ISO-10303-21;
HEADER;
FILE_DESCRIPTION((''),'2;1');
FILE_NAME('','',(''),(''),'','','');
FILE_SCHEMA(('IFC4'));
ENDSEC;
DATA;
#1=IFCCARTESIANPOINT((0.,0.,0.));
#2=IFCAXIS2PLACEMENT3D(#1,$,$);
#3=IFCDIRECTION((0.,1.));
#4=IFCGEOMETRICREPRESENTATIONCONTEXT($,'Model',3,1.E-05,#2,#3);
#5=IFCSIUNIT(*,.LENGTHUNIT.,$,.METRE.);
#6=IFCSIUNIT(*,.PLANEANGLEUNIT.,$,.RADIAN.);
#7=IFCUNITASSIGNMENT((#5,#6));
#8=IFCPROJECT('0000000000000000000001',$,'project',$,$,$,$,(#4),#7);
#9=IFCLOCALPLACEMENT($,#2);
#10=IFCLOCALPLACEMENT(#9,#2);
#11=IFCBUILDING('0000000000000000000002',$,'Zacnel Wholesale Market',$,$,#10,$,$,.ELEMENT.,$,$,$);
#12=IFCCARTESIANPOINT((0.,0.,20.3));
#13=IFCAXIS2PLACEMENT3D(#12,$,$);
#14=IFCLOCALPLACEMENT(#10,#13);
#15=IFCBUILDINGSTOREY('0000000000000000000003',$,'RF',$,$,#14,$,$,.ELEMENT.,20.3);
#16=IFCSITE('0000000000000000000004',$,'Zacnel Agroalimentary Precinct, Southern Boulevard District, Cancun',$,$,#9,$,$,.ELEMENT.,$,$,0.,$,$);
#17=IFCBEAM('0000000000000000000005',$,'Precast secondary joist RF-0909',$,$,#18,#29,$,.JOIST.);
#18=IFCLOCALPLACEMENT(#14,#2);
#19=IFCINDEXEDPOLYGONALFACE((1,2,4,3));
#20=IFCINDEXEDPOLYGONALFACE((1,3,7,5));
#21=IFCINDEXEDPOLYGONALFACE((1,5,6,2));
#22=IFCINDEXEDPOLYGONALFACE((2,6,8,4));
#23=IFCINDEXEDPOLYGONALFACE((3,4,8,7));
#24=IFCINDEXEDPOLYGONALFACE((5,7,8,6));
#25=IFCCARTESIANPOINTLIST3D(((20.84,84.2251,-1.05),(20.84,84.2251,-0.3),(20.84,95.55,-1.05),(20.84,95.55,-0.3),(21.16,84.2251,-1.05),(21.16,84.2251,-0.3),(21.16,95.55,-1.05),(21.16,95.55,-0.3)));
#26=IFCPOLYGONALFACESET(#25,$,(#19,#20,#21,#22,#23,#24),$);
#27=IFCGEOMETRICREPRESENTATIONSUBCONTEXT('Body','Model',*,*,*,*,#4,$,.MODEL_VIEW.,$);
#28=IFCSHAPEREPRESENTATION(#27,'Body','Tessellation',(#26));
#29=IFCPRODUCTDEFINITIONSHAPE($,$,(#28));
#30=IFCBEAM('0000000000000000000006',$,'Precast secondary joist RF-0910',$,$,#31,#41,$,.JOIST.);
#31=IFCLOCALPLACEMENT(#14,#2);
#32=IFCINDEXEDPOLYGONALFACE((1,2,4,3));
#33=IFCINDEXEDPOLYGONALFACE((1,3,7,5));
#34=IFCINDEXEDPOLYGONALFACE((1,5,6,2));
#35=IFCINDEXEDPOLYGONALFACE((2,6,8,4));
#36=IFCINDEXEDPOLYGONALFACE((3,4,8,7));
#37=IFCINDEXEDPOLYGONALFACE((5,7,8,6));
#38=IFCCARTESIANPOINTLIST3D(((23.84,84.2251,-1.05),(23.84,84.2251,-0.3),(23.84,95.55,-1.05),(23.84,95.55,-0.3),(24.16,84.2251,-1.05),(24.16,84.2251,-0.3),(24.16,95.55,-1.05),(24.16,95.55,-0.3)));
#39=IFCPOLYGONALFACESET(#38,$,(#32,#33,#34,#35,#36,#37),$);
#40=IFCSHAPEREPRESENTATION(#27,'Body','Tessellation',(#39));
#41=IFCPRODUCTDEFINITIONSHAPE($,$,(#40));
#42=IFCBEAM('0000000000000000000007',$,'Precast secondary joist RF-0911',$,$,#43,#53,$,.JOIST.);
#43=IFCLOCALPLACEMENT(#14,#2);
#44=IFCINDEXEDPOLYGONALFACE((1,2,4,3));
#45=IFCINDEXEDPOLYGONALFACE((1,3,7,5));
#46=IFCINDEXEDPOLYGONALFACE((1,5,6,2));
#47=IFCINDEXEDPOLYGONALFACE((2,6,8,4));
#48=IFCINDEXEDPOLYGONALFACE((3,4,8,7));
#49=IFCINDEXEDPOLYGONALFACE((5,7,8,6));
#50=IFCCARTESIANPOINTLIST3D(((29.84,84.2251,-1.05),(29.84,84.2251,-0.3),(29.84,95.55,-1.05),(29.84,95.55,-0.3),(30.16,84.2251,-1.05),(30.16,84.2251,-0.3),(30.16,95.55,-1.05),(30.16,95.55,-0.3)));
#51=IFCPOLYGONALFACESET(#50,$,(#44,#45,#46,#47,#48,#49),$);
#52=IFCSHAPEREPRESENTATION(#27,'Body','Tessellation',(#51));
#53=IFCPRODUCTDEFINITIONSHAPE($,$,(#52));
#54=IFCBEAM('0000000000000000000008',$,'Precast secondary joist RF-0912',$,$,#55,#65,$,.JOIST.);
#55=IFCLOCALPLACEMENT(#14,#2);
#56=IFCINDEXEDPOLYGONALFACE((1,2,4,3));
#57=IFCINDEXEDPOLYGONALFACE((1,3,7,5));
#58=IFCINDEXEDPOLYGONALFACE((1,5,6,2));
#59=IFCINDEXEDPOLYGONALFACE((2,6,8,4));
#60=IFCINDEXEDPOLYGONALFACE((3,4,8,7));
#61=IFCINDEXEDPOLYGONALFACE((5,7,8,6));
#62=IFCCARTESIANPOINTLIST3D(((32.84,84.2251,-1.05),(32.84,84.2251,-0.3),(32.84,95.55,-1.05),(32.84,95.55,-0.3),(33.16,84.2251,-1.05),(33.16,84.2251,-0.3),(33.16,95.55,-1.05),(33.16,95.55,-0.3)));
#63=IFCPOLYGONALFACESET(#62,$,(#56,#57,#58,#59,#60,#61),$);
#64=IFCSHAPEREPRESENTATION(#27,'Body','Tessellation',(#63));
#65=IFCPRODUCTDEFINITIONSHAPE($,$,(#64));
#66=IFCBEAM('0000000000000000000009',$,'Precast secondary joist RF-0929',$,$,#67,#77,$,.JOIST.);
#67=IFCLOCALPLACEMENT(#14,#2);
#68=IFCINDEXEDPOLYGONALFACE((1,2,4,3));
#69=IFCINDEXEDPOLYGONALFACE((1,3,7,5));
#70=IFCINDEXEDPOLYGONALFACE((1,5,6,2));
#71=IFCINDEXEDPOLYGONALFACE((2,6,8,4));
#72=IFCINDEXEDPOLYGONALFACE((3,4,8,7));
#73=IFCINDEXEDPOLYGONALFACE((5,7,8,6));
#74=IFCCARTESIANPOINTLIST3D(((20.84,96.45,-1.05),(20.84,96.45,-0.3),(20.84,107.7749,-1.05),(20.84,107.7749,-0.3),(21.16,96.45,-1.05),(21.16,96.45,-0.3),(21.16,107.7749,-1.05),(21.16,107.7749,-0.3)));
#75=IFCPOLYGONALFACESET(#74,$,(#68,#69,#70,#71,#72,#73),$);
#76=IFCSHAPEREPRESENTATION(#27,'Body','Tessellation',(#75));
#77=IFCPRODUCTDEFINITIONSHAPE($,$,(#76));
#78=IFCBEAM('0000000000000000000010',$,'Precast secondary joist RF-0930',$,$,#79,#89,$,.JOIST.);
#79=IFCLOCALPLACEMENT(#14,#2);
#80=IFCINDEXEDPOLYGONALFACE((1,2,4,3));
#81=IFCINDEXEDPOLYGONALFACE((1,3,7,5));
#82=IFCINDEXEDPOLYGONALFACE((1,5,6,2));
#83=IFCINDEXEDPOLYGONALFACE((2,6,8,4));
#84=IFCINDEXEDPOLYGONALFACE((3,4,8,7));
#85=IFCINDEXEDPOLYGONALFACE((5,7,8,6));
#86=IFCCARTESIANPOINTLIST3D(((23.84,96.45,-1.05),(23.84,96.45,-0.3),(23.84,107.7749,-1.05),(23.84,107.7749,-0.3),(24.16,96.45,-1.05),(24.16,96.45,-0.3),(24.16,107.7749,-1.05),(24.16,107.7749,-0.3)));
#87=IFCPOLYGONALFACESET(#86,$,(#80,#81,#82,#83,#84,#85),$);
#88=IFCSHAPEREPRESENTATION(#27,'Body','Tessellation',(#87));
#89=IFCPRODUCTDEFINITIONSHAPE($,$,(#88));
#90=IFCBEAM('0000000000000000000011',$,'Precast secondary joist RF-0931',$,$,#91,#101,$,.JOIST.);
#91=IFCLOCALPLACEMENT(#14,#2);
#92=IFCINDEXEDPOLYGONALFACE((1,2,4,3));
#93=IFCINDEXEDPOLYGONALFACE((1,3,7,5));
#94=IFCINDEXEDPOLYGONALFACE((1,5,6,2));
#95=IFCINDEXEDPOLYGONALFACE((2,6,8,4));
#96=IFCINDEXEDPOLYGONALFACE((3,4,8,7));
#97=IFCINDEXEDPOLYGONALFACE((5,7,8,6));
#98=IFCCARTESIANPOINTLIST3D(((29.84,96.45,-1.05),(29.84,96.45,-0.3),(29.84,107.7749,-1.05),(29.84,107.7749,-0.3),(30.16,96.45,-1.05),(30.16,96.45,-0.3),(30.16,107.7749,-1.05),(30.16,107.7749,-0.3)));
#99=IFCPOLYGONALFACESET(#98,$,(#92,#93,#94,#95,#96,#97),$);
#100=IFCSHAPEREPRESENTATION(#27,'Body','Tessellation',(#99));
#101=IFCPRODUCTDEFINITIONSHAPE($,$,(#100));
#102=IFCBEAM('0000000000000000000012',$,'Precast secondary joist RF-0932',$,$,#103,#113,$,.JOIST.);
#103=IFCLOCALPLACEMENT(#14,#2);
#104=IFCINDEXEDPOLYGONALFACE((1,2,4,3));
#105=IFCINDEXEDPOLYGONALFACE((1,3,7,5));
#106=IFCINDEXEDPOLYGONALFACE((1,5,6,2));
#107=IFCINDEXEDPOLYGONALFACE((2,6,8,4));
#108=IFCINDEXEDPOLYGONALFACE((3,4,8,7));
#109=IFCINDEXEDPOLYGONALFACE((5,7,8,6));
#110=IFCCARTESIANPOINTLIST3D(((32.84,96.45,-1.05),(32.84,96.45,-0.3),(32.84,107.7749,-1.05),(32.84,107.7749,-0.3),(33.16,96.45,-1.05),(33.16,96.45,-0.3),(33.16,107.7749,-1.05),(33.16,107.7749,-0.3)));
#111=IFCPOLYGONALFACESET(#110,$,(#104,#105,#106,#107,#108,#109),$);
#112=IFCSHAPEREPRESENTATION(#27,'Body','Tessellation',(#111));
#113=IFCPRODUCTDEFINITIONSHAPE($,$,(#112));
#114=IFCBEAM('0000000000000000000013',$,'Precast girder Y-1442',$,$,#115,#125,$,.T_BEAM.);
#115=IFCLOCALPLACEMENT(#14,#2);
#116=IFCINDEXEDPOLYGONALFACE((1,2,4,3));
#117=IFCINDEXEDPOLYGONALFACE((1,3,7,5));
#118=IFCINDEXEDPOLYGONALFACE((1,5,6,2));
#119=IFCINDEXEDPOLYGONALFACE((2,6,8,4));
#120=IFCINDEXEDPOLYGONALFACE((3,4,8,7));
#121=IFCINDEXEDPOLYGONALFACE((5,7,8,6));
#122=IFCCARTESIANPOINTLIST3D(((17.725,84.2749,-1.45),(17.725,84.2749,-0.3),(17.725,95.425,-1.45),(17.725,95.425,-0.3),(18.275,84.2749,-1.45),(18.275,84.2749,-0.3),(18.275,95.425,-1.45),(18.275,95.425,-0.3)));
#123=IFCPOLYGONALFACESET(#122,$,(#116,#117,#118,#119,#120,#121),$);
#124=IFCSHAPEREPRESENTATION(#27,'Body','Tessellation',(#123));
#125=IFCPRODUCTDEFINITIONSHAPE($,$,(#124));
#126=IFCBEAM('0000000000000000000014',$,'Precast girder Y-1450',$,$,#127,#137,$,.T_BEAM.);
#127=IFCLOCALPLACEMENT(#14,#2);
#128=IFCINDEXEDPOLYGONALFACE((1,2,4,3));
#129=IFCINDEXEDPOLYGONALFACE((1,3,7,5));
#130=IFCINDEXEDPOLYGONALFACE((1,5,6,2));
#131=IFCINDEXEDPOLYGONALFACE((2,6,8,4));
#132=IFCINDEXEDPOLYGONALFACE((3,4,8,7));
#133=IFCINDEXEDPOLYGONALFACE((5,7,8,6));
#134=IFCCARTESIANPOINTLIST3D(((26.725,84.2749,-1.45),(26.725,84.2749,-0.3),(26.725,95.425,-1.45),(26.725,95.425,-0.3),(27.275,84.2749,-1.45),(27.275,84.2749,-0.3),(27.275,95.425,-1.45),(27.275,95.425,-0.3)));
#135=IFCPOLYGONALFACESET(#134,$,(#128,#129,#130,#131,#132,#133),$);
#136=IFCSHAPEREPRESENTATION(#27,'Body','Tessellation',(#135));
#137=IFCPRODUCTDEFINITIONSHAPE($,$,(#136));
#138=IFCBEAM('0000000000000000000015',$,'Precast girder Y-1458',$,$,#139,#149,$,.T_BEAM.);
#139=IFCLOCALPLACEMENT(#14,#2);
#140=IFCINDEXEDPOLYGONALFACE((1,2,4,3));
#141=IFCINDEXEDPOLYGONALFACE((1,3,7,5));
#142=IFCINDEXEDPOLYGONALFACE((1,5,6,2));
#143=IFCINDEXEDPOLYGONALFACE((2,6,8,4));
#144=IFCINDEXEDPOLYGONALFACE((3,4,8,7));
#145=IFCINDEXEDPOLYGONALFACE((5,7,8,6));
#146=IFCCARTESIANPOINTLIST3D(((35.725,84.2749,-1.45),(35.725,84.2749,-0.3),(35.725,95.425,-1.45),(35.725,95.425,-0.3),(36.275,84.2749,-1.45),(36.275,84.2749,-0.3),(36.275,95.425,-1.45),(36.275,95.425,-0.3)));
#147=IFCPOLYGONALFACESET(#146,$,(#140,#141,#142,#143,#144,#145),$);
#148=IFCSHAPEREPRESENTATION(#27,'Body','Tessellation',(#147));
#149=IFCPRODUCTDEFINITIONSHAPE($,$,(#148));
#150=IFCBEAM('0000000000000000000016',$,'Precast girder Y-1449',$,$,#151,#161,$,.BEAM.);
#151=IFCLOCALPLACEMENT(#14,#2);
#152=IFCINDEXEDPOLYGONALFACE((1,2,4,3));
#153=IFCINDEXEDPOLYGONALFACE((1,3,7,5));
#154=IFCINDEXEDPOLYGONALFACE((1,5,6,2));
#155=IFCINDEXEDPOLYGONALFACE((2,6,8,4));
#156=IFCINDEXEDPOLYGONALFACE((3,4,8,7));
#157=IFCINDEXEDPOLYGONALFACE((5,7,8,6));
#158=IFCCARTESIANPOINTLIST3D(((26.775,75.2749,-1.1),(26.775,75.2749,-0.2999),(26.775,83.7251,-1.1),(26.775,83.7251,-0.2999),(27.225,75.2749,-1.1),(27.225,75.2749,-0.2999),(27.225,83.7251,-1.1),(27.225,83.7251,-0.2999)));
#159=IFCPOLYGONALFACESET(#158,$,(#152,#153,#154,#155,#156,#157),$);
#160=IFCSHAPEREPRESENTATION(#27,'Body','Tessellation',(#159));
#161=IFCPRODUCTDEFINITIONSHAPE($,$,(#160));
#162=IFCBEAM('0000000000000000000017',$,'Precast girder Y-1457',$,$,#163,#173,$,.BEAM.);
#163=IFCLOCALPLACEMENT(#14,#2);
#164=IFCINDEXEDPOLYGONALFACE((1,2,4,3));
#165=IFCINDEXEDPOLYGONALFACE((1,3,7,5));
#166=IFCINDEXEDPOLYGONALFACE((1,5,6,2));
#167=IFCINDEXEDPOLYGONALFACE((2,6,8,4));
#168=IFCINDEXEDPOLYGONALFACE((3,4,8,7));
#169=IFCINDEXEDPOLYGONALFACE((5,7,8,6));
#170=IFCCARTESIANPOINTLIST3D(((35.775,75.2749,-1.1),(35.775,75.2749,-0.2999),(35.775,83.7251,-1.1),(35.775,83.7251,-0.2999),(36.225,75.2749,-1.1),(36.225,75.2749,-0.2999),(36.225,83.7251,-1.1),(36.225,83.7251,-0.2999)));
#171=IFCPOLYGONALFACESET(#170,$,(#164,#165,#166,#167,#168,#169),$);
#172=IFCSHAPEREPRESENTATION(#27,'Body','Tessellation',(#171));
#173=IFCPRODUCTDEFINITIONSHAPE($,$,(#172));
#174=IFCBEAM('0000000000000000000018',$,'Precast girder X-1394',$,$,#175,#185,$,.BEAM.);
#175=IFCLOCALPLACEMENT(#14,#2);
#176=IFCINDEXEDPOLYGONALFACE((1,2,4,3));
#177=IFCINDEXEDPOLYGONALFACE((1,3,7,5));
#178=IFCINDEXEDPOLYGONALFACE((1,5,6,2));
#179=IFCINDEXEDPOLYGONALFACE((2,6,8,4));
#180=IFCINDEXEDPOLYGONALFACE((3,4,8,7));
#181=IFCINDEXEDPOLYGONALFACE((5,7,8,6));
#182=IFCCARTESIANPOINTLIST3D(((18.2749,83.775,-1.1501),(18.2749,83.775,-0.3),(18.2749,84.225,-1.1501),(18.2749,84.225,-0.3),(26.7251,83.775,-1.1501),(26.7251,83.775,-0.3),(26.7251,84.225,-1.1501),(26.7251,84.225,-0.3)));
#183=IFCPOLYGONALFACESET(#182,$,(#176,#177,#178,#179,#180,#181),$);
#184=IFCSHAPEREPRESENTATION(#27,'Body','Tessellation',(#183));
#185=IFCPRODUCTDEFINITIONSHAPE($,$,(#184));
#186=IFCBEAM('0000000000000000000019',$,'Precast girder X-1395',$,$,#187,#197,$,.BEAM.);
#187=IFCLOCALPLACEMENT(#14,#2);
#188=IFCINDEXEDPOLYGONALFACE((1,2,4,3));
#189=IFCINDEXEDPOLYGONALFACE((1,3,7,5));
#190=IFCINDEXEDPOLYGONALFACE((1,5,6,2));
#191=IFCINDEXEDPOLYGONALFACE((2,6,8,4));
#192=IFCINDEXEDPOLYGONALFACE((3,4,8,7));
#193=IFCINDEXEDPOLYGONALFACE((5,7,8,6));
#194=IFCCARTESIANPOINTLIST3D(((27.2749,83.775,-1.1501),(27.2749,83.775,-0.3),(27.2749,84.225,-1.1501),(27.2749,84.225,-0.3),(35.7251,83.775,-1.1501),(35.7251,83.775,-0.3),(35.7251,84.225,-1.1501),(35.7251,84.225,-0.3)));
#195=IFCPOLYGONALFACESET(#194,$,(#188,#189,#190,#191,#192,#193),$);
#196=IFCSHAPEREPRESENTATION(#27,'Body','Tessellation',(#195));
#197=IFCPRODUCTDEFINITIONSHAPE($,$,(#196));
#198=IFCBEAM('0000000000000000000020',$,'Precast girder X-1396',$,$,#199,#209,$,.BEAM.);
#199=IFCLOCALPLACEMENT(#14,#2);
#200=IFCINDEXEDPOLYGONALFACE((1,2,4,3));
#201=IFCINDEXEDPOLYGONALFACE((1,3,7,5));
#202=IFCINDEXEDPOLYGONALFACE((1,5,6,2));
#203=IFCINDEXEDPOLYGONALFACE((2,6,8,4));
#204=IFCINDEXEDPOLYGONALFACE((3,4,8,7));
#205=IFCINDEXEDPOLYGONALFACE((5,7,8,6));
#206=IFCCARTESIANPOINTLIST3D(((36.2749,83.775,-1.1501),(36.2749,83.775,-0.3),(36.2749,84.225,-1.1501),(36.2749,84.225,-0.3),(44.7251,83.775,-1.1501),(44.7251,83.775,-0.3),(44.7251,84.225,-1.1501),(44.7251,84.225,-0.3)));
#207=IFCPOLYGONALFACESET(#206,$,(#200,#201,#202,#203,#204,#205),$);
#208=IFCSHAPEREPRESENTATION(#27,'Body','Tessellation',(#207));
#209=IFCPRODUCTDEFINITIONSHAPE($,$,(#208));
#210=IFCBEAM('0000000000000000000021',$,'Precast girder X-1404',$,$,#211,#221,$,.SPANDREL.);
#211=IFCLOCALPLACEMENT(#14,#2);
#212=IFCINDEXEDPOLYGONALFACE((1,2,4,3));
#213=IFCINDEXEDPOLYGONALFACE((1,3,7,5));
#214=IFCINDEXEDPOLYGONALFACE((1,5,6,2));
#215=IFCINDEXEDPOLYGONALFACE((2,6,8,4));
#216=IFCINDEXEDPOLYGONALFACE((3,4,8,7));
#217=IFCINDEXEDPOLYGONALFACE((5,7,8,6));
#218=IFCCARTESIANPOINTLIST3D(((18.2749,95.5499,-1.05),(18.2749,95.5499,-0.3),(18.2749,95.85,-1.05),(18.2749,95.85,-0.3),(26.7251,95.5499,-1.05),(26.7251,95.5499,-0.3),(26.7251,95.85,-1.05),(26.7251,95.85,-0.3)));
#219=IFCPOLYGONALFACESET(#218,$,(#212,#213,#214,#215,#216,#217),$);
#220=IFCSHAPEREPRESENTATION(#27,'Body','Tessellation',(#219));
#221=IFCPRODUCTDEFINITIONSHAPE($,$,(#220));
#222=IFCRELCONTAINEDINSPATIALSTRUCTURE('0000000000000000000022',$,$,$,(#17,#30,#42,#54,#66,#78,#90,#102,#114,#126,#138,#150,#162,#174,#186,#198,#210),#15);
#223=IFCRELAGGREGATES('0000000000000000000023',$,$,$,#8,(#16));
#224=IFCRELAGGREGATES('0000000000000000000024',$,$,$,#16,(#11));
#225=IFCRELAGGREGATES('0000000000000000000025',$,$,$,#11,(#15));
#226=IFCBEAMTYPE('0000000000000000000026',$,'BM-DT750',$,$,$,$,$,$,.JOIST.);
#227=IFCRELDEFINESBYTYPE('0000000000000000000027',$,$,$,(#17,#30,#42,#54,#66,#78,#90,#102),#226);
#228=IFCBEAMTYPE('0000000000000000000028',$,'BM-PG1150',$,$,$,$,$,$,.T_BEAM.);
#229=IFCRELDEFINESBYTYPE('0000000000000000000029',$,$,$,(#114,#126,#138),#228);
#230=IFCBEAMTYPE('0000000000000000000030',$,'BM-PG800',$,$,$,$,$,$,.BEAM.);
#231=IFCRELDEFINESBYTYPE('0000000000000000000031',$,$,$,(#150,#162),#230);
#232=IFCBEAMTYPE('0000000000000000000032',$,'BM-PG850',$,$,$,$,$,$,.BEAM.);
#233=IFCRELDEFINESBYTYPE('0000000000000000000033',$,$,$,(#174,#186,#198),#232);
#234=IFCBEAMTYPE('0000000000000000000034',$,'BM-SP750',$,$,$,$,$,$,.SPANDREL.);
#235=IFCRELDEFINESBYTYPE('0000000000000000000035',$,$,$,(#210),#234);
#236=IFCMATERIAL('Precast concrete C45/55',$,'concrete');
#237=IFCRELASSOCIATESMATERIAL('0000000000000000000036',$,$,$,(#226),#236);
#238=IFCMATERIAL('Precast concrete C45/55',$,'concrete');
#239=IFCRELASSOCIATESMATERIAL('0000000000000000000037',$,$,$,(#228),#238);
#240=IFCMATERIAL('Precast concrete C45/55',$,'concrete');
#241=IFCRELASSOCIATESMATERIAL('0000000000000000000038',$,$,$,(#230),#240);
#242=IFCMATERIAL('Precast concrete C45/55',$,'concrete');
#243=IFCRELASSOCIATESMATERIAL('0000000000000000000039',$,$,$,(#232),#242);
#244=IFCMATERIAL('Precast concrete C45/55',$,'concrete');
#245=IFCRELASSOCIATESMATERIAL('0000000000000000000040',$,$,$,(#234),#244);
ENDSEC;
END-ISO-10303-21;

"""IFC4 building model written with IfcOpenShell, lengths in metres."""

from ifc_helpers import new_model, si_unit, direction, frame, origin, origin_2d, place, context, subcontext, project, spatial, rectangle, extrude, material, material_profile, profile_set, type_object, element, save


model = new_model("IFC4")

# Units and contexts
model_context = context("Model", 3, precision=1e-05, world=origin(), true_north=direction((0.0, 1.0)))
body_context = subcontext(model_context, "Body", "Model", "MODEL_VIEW")
ifc_project = project(units=[si_unit("LENGTHUNIT", "METRE"), si_unit("PLANEANGLEUNIT", "RADIAN")], contexts=[model_context])

# Site, building, storey
site_placement = place(None, origin())
site = spatial("IfcSite", under=ifc_project, at=site_placement, Name="Zacnel Agroalimentary Precinct, Southern Boulevard District, Cancun", CompositionType="ELEMENT", RefElevation=0.0)
building_placement = place(site_placement, origin())
building = spatial("IfcBuilding", under=site, at=building_placement, Name="Zacnel Wholesale Market", CompositionType="ELEMENT")
storey_placement = place(building_placement, frame((0.0, 0.0, 20.3)))
storey = spatial("IfcBuildingStorey", under=building, at=storey_placement, Name="RF", CompositionType="ELEMENT", Elevation=20.3)

# Beams
ifc_material_1 = material(Name="Precast concrete C45/55", Category="concrete")
ifc_material_profile_1 = material_profile(ifc_material_1, rectangle(XDim=0.3201, YDim=0.75, at=origin_2d()), Name="DT RIB 320x750")
ifc_profile_set_1 = profile_set([ifc_material_profile_1], Name="Precast concrete C45/55")
beam_type_1 = type_object("IfcBeamType", Name="BM-DT750", PredefinedType="JOIST", material=ifc_profile_set_1)
for number, where, z_axis, x_axis, name in (
    (1, (21.0, 84.2251, -0.675), (0.0, 1.0, 0.0), (-1.0, 0.0, 0.0), "Precast secondary joist RF-0909"),
    (2, (24.0, 84.2251, -0.675), (0.0, 1.0, 0.0), (-1.0, 0.0, 0.0), "Precast secondary joist RF-0910"),
    (3, (30.0, 84.2251, -0.675), (0.0, 1.0, 0.0), (-1.0, 0.0, 0.0), "Precast secondary joist RF-0911"),
    (4, (33.0, 84.2251, -0.675), (0.0, 1.0, 0.0), (-1.0, 0.0, 0.0), "Precast secondary joist RF-0912"),
    (5, (21.0, 96.45, -0.675), (0.0, 1.0, 0.0), (-1.0, 0.0, 0.0), "Precast secondary joist RF-0929"),
    (6, (24.0, 96.45, -0.675), (0.0, 1.0, 0.0), (-1.0, 0.0, 0.0), "Precast secondary joist RF-0930"),
    (7, (30.0, 96.45, -0.675), (0.0, 1.0, 0.0), (-1.0, 0.0, 0.0), "Precast secondary joist RF-0931"),
    (8, (33.0, 96.45, -0.675), (0.0, 1.0, 0.0), (-1.0, 0.0, 0.0), "Precast secondary joist RF-0932"),
):
    element("IfcBeam", number, at=place(storey_placement, frame(where, z_axis=z_axis, x_axis=x_axis)), inside=storey, type_object=beam_type_1, Name=name, PredefinedType="JOIST", context=body_context, shape_type="SweptSolid", body=[
        extrude(rectangle(XDim=0.3201, YDim=0.75, at=origin_2d()), origin(), (0.0, 0.0, 1.0), 11.325),
    ])
ifc_material_2 = material(Name="Precast concrete C45/55", Category="concrete")
ifc_material_profile_2 = material_profile(ifc_material_2, rectangle(XDim=0.55, YDim=1.1499, at=origin_2d()), Name="PG 550x1150")
ifc_profile_set_2 = profile_set([ifc_material_profile_2], Name="Precast concrete C45/55")
beam_type_2 = type_object("IfcBeamType", Name="BM-PG1150", PredefinedType="T_BEAM", material=ifc_profile_set_2)
for number, where, z_axis, x_axis, name in (
    (9, (18.0, 84.2749, -0.875), (0.0, 1.0, 0.0), (-1.0, 0.0, 0.0), "Precast girder Y-1442"),
    (10, (27.0, 84.2749, -0.875), (0.0, 1.0, 0.0), (-1.0, 0.0, 0.0), "Precast girder Y-1450"),
    (11, (36.0, 84.2749, -0.875), (0.0, 1.0, 0.0), (-1.0, 0.0, 0.0), "Precast girder Y-1458"),
):
    element("IfcBeam", number, at=place(storey_placement, frame(where, z_axis=z_axis, x_axis=x_axis)), inside=storey, type_object=beam_type_2, Name=name, PredefinedType="T_BEAM", context=body_context, shape_type="SweptSolid", body=[
        extrude(rectangle(XDim=0.55, YDim=1.1499, at=origin_2d()), origin(), (0.0, 0.0, 1.0), 11.1501),
    ])
ifc_material_3 = material(Name="Precast concrete C45/55", Category="concrete")
ifc_material_profile_3 = material_profile(ifc_material_3, rectangle(XDim=0.45, YDim=0.8, at=origin_2d()), Name="PG 450x800")
ifc_profile_set_3 = profile_set([ifc_material_profile_3], Name="Precast concrete C45/55")
beam_type_3 = type_object("IfcBeamType", Name="BM-PG800", PredefinedType="BEAM", material=ifc_profile_set_3)
for number, where, z_axis, x_axis, name in (
    (12, (27.0, 75.2749, -0.7), (0.0, 1.0, 0.0), (-1.0, 0.0, 0.0), "Precast girder Y-1449"),
    (13, (36.0, 75.2749, -0.7), (0.0, 1.0, 0.0), (-1.0, 0.0, 0.0), "Precast girder Y-1457"),
):
    element("IfcBeam", number, at=place(storey_placement, frame(where, z_axis=z_axis, x_axis=x_axis)), inside=storey, type_object=beam_type_3, Name=name, PredefinedType="BEAM", context=body_context, shape_type="SweptSolid", body=[
        extrude(rectangle(XDim=0.45, YDim=0.8, at=origin_2d()), origin(), (0.0, 0.0, 1.0), 8.4502),
    ])
ifc_material_4 = material(Name="Precast concrete C45/55", Category="concrete")
ifc_material_profile_4 = material_profile(ifc_material_4, rectangle(XDim=0.45, YDim=0.8501, at=origin_2d()), Name="PG 450x850")
ifc_profile_set_4 = profile_set([ifc_material_profile_4], Name="Precast concrete C45/55")
beam_type_4 = type_object("IfcBeamType", Name="BM-PG850", PredefinedType="BEAM", material=ifc_profile_set_4)
for number, where, z_axis, x_axis, name in (
    (14, (18.2749, 84.0, -0.7251), (1.0, 0.0, 0.0), (0.0, 1.0, 0.0), "Precast girder X-1394"),
    (15, (27.2749, 84.0, -0.7251), (1.0, 0.0, 0.0), (0.0, 1.0, 0.0), "Precast girder X-1395"),
    (16, (36.2749, 84.0, -0.7251), (1.0, 0.0, 0.0), (0.0, 1.0, 0.0), "Precast girder X-1396"),
):
    element("IfcBeam", number, at=place(storey_placement, frame(where, z_axis=z_axis, x_axis=x_axis)), inside=storey, type_object=beam_type_4, Name=name, PredefinedType="BEAM", context=body_context, shape_type="SweptSolid", body=[
        extrude(rectangle(XDim=0.45, YDim=0.8501, at=origin_2d()), origin(), (0.0, 0.0, 1.0), 8.4502),
    ])
ifc_material_5 = material(Name="Precast concrete C45/55", Category="concrete")
ifc_material_profile_5 = material_profile(ifc_material_5, rectangle(XDim=0.3, YDim=0.75, at=origin_2d()), Name="SP 300x750")
ifc_profile_set_5 = profile_set([ifc_material_profile_5], Name="Precast concrete C45/55")
beam_type_5 = type_object("IfcBeamType", Name="BM-SP750", PredefinedType="SPANDREL", material=ifc_profile_set_5)
for number, where, z_axis, x_axis, name in (
    (17, (18.2749, 95.7, -0.675), (1.0, 0.0, 0.0), (0.0, 1.0, 0.0), "Precast girder X-1404"),
):
    element("IfcBeam", number, at=place(storey_placement, frame(where, z_axis=z_axis, x_axis=x_axis)), inside=storey, type_object=beam_type_5, Name=name, PredefinedType="SPANDREL", context=body_context, shape_type="SweptSolid", body=[
        extrude(rectangle(XDim=0.3, YDim=0.75, at=origin_2d()), origin(), (0.0, 0.0, 1.0), 8.4502),
    ])

save(model, "model.ifc")
